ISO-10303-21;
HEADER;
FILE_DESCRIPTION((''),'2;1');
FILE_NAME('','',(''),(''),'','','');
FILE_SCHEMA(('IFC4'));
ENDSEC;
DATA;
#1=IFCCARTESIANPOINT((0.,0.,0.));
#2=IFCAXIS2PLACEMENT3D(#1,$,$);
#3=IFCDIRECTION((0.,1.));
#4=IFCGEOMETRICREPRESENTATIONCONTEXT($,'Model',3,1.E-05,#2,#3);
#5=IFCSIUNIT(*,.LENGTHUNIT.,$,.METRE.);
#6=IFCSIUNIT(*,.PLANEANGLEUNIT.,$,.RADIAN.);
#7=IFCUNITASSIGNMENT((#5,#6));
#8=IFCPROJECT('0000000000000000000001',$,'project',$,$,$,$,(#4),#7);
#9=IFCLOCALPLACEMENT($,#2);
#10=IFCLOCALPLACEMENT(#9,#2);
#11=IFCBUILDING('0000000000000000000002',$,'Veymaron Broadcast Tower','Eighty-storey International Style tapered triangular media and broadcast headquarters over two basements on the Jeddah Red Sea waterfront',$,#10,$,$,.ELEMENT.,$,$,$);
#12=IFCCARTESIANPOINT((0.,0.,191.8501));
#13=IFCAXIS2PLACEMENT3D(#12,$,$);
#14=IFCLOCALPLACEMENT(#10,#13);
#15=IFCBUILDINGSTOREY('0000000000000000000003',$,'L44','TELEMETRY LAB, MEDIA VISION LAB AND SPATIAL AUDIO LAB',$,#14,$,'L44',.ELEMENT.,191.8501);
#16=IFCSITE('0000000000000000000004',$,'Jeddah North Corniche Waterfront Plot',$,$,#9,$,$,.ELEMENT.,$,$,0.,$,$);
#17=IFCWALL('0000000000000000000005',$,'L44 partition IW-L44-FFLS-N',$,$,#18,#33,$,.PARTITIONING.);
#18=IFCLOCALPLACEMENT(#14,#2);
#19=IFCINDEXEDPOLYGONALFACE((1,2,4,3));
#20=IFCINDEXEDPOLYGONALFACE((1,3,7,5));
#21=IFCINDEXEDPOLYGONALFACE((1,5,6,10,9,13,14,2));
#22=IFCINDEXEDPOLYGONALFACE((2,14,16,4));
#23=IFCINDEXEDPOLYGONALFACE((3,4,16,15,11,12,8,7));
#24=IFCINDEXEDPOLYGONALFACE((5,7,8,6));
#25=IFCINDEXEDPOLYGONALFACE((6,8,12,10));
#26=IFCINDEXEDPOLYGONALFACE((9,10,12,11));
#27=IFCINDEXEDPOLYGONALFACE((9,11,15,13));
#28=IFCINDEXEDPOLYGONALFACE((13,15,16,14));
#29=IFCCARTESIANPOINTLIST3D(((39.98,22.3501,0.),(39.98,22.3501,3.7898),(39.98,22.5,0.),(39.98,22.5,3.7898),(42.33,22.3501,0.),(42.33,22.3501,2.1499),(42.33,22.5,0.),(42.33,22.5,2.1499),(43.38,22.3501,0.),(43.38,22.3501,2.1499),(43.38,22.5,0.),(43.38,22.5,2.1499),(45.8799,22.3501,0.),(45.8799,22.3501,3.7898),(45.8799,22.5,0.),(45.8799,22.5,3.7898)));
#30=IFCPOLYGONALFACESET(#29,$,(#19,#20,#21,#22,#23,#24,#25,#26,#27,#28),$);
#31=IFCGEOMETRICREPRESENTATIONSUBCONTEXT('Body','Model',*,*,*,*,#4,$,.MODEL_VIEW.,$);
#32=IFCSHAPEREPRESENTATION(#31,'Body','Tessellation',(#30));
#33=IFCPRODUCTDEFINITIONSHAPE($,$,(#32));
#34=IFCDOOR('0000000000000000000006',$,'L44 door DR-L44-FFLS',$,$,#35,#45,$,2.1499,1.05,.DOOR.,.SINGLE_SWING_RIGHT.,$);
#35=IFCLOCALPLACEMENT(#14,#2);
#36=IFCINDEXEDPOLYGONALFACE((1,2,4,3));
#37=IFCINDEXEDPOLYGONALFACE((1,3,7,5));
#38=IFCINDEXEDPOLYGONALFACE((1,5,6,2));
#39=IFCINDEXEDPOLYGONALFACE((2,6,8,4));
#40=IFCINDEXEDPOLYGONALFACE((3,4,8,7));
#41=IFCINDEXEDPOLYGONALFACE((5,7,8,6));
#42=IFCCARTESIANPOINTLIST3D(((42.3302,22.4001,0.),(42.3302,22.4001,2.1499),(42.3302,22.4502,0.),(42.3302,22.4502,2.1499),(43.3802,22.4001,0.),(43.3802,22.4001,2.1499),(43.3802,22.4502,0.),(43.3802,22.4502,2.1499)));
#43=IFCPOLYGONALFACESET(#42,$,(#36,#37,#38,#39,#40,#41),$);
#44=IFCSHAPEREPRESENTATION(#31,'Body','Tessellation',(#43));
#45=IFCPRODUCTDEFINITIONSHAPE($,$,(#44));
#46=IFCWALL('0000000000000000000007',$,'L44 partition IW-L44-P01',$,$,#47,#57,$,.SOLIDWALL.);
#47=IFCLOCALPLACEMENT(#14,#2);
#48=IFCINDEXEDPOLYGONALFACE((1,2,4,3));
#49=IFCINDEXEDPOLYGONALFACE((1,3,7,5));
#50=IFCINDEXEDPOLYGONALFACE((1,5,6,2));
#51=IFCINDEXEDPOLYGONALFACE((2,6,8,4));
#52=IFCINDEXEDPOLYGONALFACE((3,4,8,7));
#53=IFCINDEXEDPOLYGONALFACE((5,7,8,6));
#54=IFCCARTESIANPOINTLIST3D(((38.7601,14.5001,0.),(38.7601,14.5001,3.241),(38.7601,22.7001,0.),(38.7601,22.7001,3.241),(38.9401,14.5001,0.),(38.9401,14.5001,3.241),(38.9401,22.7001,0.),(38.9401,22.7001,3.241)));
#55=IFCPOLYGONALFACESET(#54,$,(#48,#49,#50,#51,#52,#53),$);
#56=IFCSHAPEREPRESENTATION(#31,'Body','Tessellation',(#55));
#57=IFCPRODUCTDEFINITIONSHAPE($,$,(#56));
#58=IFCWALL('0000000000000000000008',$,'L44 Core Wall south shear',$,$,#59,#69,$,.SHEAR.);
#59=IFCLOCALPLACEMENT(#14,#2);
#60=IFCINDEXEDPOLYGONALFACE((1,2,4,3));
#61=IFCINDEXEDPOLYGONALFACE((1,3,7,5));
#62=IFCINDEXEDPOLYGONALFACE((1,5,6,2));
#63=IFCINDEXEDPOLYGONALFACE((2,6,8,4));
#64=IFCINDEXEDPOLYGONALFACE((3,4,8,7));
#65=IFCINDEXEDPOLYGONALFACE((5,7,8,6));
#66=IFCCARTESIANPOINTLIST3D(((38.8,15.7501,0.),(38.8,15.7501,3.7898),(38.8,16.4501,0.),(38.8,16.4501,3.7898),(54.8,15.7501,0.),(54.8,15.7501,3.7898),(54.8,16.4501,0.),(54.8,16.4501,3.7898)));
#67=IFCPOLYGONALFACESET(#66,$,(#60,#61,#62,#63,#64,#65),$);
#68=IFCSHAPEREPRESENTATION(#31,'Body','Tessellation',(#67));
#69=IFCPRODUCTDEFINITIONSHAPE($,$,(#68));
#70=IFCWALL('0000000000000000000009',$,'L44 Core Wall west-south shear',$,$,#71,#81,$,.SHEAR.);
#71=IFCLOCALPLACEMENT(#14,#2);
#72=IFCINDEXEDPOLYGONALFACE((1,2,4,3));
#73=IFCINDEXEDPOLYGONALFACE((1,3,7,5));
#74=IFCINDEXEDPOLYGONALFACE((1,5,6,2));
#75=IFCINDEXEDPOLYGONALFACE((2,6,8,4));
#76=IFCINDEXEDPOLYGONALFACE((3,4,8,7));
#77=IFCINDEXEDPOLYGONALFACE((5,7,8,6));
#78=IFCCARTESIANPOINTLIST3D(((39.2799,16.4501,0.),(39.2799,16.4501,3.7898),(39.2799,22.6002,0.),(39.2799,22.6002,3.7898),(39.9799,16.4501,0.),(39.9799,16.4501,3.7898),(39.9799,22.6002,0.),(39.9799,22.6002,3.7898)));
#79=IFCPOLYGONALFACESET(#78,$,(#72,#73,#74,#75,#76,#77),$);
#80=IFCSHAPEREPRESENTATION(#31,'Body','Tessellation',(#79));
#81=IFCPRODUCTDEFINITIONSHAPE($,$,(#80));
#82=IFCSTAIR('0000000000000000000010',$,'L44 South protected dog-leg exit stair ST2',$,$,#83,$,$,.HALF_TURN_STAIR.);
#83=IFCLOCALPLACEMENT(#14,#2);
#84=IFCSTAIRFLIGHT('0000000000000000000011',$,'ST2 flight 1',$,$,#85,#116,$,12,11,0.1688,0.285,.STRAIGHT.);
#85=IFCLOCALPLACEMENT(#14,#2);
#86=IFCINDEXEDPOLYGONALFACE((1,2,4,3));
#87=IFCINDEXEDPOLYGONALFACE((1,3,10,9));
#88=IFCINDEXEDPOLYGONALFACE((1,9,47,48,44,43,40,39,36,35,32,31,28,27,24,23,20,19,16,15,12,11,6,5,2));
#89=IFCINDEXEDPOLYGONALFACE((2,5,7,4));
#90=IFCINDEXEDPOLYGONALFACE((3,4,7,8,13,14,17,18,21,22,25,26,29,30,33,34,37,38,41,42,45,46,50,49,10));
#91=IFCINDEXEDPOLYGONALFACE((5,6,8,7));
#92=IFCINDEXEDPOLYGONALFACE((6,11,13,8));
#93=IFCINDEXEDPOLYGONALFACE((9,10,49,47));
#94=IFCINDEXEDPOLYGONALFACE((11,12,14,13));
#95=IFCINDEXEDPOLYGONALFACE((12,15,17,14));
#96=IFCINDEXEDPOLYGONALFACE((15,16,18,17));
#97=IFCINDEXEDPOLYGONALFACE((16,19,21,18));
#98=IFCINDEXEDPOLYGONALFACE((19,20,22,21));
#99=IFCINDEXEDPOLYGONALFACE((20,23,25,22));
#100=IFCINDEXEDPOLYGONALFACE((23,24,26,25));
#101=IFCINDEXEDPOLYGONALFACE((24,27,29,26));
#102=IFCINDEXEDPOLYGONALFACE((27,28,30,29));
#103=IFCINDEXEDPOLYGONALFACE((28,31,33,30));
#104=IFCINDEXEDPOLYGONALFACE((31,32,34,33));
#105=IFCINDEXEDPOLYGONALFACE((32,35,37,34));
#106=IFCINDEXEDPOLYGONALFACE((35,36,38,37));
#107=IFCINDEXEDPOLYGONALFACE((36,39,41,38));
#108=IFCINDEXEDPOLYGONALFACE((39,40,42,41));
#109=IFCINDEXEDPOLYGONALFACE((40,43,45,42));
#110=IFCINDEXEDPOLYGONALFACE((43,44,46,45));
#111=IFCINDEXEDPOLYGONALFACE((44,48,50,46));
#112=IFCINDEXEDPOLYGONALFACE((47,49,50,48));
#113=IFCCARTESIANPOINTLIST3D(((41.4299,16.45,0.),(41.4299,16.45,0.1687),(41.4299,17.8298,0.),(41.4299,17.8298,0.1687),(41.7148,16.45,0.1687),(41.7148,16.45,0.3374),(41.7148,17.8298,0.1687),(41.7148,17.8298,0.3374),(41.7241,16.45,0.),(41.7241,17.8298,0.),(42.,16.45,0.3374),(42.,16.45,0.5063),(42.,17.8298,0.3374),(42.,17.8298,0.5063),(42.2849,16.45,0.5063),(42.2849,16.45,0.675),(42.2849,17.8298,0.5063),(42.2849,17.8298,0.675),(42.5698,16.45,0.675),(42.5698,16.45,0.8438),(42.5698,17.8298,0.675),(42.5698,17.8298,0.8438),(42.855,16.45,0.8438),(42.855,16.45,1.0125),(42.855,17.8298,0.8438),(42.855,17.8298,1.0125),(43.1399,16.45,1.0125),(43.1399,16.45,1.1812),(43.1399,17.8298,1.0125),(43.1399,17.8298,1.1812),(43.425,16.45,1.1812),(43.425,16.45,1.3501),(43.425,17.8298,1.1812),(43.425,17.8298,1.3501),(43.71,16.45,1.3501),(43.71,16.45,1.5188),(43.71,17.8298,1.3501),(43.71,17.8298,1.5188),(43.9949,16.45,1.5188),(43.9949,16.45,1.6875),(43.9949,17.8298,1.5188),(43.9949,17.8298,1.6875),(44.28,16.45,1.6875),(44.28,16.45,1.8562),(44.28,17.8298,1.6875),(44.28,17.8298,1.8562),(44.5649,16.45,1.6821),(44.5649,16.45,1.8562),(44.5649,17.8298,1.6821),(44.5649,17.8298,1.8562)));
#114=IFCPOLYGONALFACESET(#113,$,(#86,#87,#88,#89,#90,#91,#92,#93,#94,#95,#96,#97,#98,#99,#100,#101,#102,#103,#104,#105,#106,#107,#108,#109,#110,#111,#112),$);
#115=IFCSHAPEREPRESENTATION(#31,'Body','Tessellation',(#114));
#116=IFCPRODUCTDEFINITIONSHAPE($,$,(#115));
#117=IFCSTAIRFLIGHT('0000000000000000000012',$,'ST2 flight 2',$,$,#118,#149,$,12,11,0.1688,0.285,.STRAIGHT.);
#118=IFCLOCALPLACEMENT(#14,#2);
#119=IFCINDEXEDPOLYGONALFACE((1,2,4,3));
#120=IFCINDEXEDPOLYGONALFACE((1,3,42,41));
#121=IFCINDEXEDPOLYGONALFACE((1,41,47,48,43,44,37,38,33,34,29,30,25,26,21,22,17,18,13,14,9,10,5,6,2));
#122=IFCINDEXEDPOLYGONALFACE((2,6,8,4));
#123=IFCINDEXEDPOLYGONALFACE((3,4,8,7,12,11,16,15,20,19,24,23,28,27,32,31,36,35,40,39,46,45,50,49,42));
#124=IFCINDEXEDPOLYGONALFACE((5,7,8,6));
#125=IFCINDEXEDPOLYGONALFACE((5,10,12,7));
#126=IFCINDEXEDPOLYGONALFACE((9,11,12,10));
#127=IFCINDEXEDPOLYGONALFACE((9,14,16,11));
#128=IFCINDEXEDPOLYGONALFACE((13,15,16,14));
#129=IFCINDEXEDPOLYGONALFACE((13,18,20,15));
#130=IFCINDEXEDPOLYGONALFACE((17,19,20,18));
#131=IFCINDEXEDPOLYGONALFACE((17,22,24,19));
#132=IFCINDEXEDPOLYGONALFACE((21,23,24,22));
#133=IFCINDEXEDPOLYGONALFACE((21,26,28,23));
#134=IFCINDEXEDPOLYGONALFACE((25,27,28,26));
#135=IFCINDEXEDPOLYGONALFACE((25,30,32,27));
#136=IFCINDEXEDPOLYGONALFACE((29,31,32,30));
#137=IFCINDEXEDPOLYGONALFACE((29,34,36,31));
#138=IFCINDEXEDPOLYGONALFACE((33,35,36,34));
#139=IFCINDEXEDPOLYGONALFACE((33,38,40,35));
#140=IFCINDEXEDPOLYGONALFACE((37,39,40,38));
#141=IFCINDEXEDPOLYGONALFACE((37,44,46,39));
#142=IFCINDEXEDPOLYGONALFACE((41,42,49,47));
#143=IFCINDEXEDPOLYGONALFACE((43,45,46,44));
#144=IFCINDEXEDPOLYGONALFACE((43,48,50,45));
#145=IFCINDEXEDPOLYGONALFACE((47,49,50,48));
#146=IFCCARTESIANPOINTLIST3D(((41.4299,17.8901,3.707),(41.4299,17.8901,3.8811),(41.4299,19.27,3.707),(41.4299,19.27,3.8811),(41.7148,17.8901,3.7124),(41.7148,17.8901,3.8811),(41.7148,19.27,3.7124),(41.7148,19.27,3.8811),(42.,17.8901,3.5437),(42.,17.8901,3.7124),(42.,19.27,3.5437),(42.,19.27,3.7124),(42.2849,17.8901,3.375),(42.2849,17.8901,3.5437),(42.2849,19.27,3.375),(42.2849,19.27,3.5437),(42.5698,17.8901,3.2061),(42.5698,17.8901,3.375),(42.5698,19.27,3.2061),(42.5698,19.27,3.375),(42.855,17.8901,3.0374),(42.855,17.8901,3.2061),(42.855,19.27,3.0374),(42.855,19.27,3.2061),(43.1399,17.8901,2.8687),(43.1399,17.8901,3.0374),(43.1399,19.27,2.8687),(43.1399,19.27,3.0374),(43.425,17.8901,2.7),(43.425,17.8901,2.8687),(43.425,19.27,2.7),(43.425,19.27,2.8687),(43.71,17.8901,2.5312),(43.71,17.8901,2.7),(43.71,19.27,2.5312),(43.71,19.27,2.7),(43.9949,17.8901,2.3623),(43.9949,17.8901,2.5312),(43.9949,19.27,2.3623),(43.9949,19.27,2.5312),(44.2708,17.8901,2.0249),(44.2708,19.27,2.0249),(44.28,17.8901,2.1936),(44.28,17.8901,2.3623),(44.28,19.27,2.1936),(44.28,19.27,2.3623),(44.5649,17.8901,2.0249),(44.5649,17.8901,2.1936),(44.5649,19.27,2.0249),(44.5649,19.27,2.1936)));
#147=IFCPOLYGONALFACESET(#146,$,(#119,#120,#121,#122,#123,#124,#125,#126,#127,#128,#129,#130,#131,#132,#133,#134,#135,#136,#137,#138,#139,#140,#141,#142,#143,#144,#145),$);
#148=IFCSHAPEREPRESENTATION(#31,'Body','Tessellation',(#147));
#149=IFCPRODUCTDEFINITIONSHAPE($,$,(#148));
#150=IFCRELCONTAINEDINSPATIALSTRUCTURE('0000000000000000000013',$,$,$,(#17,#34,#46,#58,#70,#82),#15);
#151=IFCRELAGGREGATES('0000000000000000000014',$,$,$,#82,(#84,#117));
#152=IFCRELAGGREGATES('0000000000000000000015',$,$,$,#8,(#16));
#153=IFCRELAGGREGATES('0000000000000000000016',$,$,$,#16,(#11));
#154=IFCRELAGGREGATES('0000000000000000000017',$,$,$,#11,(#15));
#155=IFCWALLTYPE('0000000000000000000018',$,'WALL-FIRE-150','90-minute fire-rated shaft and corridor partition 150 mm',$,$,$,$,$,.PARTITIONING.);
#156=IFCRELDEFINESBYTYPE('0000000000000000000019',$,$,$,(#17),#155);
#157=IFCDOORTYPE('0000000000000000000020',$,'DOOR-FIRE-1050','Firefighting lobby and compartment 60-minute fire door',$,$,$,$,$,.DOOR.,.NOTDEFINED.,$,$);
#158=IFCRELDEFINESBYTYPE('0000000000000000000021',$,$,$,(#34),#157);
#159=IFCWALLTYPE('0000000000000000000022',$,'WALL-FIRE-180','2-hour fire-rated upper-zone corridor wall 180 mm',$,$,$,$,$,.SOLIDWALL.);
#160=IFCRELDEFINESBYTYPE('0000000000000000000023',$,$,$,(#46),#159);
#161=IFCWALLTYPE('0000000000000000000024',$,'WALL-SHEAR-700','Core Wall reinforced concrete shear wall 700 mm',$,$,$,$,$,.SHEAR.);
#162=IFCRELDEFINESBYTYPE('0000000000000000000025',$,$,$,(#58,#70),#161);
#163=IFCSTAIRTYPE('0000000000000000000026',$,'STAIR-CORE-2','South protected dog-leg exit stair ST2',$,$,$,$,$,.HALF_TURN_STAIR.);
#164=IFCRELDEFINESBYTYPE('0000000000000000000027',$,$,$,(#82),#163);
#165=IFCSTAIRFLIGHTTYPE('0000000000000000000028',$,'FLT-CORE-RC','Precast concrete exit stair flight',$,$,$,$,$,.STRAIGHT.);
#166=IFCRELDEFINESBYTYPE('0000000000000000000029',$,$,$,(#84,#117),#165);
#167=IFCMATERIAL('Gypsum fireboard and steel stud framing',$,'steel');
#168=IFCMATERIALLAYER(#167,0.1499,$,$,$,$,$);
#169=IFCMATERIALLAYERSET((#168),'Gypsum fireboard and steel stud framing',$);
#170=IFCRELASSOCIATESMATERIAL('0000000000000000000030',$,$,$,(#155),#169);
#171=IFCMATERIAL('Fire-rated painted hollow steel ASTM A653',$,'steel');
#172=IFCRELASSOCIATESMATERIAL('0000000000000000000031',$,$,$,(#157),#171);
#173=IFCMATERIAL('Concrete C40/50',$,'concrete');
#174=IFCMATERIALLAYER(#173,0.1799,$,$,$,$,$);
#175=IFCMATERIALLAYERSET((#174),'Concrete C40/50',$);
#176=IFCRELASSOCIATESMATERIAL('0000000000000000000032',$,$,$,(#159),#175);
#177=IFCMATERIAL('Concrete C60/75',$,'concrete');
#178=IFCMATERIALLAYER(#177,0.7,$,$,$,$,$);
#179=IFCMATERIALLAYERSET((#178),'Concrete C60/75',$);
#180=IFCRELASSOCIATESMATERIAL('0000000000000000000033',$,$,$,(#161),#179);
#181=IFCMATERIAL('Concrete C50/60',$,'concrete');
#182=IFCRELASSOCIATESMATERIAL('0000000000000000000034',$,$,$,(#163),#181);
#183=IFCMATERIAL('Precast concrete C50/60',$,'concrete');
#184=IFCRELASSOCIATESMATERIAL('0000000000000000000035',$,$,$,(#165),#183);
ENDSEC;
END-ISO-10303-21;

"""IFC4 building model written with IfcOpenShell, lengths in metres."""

from ifc_helpers import new_model, si_unit, direction, frame, frame_2d, origin, place, context, subcontext, project, spatial, polyline, rectangle, outline, extrude, material, layer, layer_set, type_object, element, fill, aggregate, save


model = new_model("IFC4")

# Units and contexts
model_context = context("Model", 3, precision=1e-05, world=origin(), true_north=direction((0.0, 1.0)))
body_context = subcontext(model_context, "Body", "Model", "MODEL_VIEW")
ifc_project = project(units=[si_unit("LENGTHUNIT", "METRE"), si_unit("PLANEANGLEUNIT", "RADIAN")], contexts=[model_context])

# Site, building, storey
site_placement = place(None, origin())
site = spatial("IfcSite", under=ifc_project, at=site_placement, Name="Jeddah North Corniche Waterfront Plot", CompositionType="ELEMENT", RefElevation=0.0)
building_placement = place(site_placement, origin())
building = spatial("IfcBuilding", under=site, at=building_placement, Name="Veymaron Broadcast Tower", Description="Eighty-storey International Style tapered triangular media and broadcast headquarters over two basements on the Jeddah Red Sea waterfront", CompositionType="ELEMENT")
storey_placement = place(building_placement, frame((0.0, 0.0, 191.8501)))
storey = spatial("IfcBuildingStorey", under=building, at=storey_placement, Name="L44", Description="TELEMETRY LAB, MEDIA VISION LAB AND SPATIAL AUDIO LAB", LongName="L44", CompositionType="ELEMENT", Elevation=191.8501)

# Shared definitions
ifc_material_1 = material(Name="Concrete C60/75", Category="concrete")

# Wall, opening, door
ifc_material_2 = material(Name="Gypsum fireboard and steel stud framing", Category="steel")
ifc_layer_1 = layer(ifc_material_2, 0.1499)
ifc_layer_set_1 = layer_set([ifc_layer_1], Name="Gypsum fireboard and steel stud framing")
wall_type_1 = type_object("IfcWallType", Name="WALL-FIRE-150", Description="90-minute fire-rated shaft and corridor partition 150 mm", PredefinedType="PARTITIONING", material=ifc_layer_set_1)
wall_1_placement = place(storey_placement, frame((39.98, 22.425, 0.0), z_axis=(0.0, 0.0, 1.0), x_axis=(1.0, 0.0, 0.0)))
wall_1 = element("IfcWall", 1, at=wall_1_placement, inside=storey, type_object=wall_type_1, Name="L44 partition IW-L44-FFLS-N", PredefinedType="PARTITIONING", context=body_context, shape_type="SweptSolid", body=[
    extrude(rectangle(XDim=5.8999, YDim=0.1499, at=frame_2d((2.95, 0.0))), origin(), (0.0, 0.0, 1.0), 3.7898),
])
opening_1_placement = place(wall_1_placement, frame((2.3501, 0.0, 0.0)))
opening_1 = element("IfcOpeningElement", 2, at=opening_1_placement, cuts=wall_1, PredefinedType="OPENING", context=body_context, shape_type="SweptSolid", body=[
    extrude(rectangle(XDim=1.05, YDim=2.1499, at=frame_2d((0.5249, 1.075))), frame((0.0, 0.085, 0.0), z_axis=(0.0, -1.0, 0.0), x_axis=(1.0, 0.0, 0.0)), (0.0, 0.0, 1.0), 0.1699),
])
ifc_material_3 = material(Name="Fire-rated painted hollow steel ASTM A653", Category="steel")
door_type_1 = type_object("IfcDoorType", Name="DOOR-FIRE-1050", Description="Firefighting lobby and compartment 60-minute fire door", OperationType="NOTDEFINED", PredefinedType="DOOR", material=ifc_material_3)
door_1_placement = place(opening_1_placement, frame((1.05, 0.0, 0.0), z_axis=(0.0, 0.0, 1.0), x_axis=(-1.0, 0.0, 0.0)))
door_1 = element("IfcDoor", 3, at=door_1_placement, inside=storey, type_object=door_type_1, Name="L44 door DR-L44-FFLS", OperationType="SINGLE_SWING_RIGHT", OverallHeight=2.1499, OverallWidth=1.05, PredefinedType="DOOR", context=body_context, shape_type="SweptSolid", body=[
    extrude(rectangle(XDim=1.05, YDim=2.1499, at=frame_2d((0.5249, 1.075))), frame((0.0, 0.0249, 0.0), z_axis=(0.0, -1.0, 0.0), x_axis=(1.0, 0.0, 0.0)), (0.0, 0.0, 1.0), 0.05),
])
fill(opening_1, door_1)

# Wall
ifc_material_4 = material(Name="Concrete C40/50", Category="concrete")
ifc_layer_2 = layer(ifc_material_4, 0.1799)
ifc_layer_set_2 = layer_set([ifc_layer_2], Name="Concrete C40/50")
wall_type_2 = type_object("IfcWallType", Name="WALL-FIRE-180", Description="2-hour fire-rated upper-zone corridor wall 180 mm", PredefinedType="SOLIDWALL", material=ifc_layer_set_2)
wall_2_placement = place(storey_placement, frame((38.8501, 14.5, 0.0), z_axis=(0.0, 0.0, 1.0), x_axis=(0.0, 1.0, 0.0)))
element("IfcWall", 4, at=wall_2_placement, inside=storey, type_object=wall_type_2, Name="L44 partition IW-L44-P01", PredefinedType="SOLIDWALL", context=body_context, shape_type="SweptSolid", body=[
    extrude(rectangle(XDim=8.2, YDim=0.1799, at=frame_2d((4.1001, 0.0))), origin(), (0.0, 0.0, 1.0), 3.241),
])

# Shared definitions
ifc_material_5 = material(Name="Concrete C50/60", Category="concrete")

# Walls
ifc_layer_3 = layer(ifc_material_1, 0.7)
ifc_layer_set_3 = layer_set([ifc_layer_3], Name="Concrete C60/75")
wall_type_3 = type_object("IfcWallType", Name="WALL-SHEAR-700", Description="Core Wall reinforced concrete shear wall 700 mm", PredefinedType="SHEAR", material=ifc_layer_set_3)
wall_3_placement = place(storey_placement, frame((38.8, 16.1001, 0.0), z_axis=(0.0, 0.0, 1.0), x_axis=(1.0, 0.0, 0.0)))
element("IfcWall", 5, at=wall_3_placement, inside=storey, type_object=wall_type_3, Name="L44 Core Wall south shear", PredefinedType="SHEAR", context=body_context, shape_type="SweptSolid", body=[
    extrude(rectangle(XDim=16.0, YDim=0.7, at=frame_2d((8.0, 0.0))), origin(), (0.0, 0.0, 1.0), 3.7898),
])
wall_4_placement = place(storey_placement, frame((39.6299, 16.45, 0.0), z_axis=(0.0, 0.0, 1.0), x_axis=(0.0, 1.0, 0.0)))
element("IfcWall", 6, at=wall_4_placement, inside=storey, type_object=wall_type_3, Name="L44 Core Wall west-south shear", PredefinedType="SHEAR", context=body_context, shape_type="SweptSolid", body=[
    extrude(rectangle(XDim=6.1501, YDim=0.7, at=frame_2d((3.0752, 0.0))), origin(), (0.0, 0.0, 1.0), 3.7898),
])

# Stair, stair flights
stair_type = type_object("IfcStairType", Name="STAIR-CORE-2", Description="South protected dog-leg exit stair ST2", PredefinedType="HALF_TURN_STAIR", material=ifc_material_5)
stair_placement = place(storey_placement, origin())
stair = element("IfcStair", 7, at=stair_placement, inside=storey, type_object=stair_type, Name="L44 South protected dog-leg exit stair ST2", PredefinedType="HALF_TURN_STAIR")
ifc_material_6 = material(Name="Precast concrete C50/60", Category="concrete")
stair_flight_type = type_object("IfcStairFlightType", Name="FLT-CORE-RC", Description="Precast concrete exit stair flight", PredefinedType="STRAIGHT", material=ifc_material_6)
stair_flight_1_placement = place(storey_placement, frame((41.4299, 17.1399, 0.0), z_axis=(0.0, 0.0, 1.0), x_axis=(1.0, 0.0, 0.0)))
stair_flight_1 = element("IfcStairFlight", 8, at=stair_flight_1_placement, type_object=stair_flight_type, Name="ST2 flight 1", NumberOfRisers=12, NumberOfTreads=11, PredefinedType="STRAIGHT", RiserHeight=0.1688, TreadLength=0.285, context=body_context, shape_type="SweptSolid", body=[
    extrude(outline(polyline([(0.0, 0.0), (0.0, 0.1687), (0.2849, 0.1687), (0.2849, 0.3374), (0.5701, 0.3374), (0.5701, 0.5063), (0.855, 0.5063), (0.855, 0.675), (1.1399, 0.675), (1.1399, 0.8438), (1.425, 0.8438), (1.425, 1.0125), (1.71, 1.0125), (1.71, 1.1812), (1.9951, 1.1812), (1.9951, 1.3501), (2.28, 1.3501), (2.28, 1.5188), (2.5649, 1.5188), (2.5649, 1.6875), (2.8501, 1.6875), (2.8501, 1.8562), (3.135, 1.8562), (3.135, 2.0249), (3.135, 1.6821), (0.2942, 0.0), (0.0, 0.0)])), frame((0.0, 0.6899, 0.0), z_axis=(0.0, -1.0, 0.0), x_axis=(1.0, 0.0, 0.0)), (0.0, 0.0, 1.0), 1.3799),
])
stair_flight_2_placement = place(storey_placement, frame((44.5649, 18.5801, 2.0249), z_axis=(0.0, 0.0, 1.0), x_axis=(-1.0, 0.0, 0.0)))
stair_flight_2 = element("IfcStairFlight", 9, at=stair_flight_2_placement, type_object=stair_flight_type, Name="ST2 flight 2", NumberOfRisers=12, NumberOfTreads=11, PredefinedType="STRAIGHT", RiserHeight=0.1688, TreadLength=0.285, context=body_context, shape_type="SweptSolid", body=[
    extrude(outline(polyline([(0.0, 0.0), (0.0, 0.1687), (0.2849, 0.1687), (0.2849, 0.3374), (0.5701, 0.3374), (0.5701, 0.5063), (0.855, 0.5063), (0.855, 0.675), (1.1399, 0.675), (1.1399, 0.8438), (1.425, 0.8438), (1.425, 1.0125), (1.71, 1.0125), (1.71, 1.1812), (1.9951, 1.1812), (1.9951, 1.3501), (2.28, 1.3501), (2.28, 1.5188), (2.5649, 1.5188), (2.5649, 1.6875), (2.8501, 1.6875), (2.8501, 1.8562), (3.135, 1.8562), (3.135, 2.0249), (3.135, 1.6821), (0.2942, 0.0), (0.0, 0.0)])), frame((0.0, 0.6899, 0.0), z_axis=(0.0, -1.0, 0.0), x_axis=(1.0, 0.0, 0.0)), (0.0, 0.0, 1.0), 1.3799),
])
aggregate(stair, [stair_flight_1, stair_flight_2])

save(model, "model.ifc")
